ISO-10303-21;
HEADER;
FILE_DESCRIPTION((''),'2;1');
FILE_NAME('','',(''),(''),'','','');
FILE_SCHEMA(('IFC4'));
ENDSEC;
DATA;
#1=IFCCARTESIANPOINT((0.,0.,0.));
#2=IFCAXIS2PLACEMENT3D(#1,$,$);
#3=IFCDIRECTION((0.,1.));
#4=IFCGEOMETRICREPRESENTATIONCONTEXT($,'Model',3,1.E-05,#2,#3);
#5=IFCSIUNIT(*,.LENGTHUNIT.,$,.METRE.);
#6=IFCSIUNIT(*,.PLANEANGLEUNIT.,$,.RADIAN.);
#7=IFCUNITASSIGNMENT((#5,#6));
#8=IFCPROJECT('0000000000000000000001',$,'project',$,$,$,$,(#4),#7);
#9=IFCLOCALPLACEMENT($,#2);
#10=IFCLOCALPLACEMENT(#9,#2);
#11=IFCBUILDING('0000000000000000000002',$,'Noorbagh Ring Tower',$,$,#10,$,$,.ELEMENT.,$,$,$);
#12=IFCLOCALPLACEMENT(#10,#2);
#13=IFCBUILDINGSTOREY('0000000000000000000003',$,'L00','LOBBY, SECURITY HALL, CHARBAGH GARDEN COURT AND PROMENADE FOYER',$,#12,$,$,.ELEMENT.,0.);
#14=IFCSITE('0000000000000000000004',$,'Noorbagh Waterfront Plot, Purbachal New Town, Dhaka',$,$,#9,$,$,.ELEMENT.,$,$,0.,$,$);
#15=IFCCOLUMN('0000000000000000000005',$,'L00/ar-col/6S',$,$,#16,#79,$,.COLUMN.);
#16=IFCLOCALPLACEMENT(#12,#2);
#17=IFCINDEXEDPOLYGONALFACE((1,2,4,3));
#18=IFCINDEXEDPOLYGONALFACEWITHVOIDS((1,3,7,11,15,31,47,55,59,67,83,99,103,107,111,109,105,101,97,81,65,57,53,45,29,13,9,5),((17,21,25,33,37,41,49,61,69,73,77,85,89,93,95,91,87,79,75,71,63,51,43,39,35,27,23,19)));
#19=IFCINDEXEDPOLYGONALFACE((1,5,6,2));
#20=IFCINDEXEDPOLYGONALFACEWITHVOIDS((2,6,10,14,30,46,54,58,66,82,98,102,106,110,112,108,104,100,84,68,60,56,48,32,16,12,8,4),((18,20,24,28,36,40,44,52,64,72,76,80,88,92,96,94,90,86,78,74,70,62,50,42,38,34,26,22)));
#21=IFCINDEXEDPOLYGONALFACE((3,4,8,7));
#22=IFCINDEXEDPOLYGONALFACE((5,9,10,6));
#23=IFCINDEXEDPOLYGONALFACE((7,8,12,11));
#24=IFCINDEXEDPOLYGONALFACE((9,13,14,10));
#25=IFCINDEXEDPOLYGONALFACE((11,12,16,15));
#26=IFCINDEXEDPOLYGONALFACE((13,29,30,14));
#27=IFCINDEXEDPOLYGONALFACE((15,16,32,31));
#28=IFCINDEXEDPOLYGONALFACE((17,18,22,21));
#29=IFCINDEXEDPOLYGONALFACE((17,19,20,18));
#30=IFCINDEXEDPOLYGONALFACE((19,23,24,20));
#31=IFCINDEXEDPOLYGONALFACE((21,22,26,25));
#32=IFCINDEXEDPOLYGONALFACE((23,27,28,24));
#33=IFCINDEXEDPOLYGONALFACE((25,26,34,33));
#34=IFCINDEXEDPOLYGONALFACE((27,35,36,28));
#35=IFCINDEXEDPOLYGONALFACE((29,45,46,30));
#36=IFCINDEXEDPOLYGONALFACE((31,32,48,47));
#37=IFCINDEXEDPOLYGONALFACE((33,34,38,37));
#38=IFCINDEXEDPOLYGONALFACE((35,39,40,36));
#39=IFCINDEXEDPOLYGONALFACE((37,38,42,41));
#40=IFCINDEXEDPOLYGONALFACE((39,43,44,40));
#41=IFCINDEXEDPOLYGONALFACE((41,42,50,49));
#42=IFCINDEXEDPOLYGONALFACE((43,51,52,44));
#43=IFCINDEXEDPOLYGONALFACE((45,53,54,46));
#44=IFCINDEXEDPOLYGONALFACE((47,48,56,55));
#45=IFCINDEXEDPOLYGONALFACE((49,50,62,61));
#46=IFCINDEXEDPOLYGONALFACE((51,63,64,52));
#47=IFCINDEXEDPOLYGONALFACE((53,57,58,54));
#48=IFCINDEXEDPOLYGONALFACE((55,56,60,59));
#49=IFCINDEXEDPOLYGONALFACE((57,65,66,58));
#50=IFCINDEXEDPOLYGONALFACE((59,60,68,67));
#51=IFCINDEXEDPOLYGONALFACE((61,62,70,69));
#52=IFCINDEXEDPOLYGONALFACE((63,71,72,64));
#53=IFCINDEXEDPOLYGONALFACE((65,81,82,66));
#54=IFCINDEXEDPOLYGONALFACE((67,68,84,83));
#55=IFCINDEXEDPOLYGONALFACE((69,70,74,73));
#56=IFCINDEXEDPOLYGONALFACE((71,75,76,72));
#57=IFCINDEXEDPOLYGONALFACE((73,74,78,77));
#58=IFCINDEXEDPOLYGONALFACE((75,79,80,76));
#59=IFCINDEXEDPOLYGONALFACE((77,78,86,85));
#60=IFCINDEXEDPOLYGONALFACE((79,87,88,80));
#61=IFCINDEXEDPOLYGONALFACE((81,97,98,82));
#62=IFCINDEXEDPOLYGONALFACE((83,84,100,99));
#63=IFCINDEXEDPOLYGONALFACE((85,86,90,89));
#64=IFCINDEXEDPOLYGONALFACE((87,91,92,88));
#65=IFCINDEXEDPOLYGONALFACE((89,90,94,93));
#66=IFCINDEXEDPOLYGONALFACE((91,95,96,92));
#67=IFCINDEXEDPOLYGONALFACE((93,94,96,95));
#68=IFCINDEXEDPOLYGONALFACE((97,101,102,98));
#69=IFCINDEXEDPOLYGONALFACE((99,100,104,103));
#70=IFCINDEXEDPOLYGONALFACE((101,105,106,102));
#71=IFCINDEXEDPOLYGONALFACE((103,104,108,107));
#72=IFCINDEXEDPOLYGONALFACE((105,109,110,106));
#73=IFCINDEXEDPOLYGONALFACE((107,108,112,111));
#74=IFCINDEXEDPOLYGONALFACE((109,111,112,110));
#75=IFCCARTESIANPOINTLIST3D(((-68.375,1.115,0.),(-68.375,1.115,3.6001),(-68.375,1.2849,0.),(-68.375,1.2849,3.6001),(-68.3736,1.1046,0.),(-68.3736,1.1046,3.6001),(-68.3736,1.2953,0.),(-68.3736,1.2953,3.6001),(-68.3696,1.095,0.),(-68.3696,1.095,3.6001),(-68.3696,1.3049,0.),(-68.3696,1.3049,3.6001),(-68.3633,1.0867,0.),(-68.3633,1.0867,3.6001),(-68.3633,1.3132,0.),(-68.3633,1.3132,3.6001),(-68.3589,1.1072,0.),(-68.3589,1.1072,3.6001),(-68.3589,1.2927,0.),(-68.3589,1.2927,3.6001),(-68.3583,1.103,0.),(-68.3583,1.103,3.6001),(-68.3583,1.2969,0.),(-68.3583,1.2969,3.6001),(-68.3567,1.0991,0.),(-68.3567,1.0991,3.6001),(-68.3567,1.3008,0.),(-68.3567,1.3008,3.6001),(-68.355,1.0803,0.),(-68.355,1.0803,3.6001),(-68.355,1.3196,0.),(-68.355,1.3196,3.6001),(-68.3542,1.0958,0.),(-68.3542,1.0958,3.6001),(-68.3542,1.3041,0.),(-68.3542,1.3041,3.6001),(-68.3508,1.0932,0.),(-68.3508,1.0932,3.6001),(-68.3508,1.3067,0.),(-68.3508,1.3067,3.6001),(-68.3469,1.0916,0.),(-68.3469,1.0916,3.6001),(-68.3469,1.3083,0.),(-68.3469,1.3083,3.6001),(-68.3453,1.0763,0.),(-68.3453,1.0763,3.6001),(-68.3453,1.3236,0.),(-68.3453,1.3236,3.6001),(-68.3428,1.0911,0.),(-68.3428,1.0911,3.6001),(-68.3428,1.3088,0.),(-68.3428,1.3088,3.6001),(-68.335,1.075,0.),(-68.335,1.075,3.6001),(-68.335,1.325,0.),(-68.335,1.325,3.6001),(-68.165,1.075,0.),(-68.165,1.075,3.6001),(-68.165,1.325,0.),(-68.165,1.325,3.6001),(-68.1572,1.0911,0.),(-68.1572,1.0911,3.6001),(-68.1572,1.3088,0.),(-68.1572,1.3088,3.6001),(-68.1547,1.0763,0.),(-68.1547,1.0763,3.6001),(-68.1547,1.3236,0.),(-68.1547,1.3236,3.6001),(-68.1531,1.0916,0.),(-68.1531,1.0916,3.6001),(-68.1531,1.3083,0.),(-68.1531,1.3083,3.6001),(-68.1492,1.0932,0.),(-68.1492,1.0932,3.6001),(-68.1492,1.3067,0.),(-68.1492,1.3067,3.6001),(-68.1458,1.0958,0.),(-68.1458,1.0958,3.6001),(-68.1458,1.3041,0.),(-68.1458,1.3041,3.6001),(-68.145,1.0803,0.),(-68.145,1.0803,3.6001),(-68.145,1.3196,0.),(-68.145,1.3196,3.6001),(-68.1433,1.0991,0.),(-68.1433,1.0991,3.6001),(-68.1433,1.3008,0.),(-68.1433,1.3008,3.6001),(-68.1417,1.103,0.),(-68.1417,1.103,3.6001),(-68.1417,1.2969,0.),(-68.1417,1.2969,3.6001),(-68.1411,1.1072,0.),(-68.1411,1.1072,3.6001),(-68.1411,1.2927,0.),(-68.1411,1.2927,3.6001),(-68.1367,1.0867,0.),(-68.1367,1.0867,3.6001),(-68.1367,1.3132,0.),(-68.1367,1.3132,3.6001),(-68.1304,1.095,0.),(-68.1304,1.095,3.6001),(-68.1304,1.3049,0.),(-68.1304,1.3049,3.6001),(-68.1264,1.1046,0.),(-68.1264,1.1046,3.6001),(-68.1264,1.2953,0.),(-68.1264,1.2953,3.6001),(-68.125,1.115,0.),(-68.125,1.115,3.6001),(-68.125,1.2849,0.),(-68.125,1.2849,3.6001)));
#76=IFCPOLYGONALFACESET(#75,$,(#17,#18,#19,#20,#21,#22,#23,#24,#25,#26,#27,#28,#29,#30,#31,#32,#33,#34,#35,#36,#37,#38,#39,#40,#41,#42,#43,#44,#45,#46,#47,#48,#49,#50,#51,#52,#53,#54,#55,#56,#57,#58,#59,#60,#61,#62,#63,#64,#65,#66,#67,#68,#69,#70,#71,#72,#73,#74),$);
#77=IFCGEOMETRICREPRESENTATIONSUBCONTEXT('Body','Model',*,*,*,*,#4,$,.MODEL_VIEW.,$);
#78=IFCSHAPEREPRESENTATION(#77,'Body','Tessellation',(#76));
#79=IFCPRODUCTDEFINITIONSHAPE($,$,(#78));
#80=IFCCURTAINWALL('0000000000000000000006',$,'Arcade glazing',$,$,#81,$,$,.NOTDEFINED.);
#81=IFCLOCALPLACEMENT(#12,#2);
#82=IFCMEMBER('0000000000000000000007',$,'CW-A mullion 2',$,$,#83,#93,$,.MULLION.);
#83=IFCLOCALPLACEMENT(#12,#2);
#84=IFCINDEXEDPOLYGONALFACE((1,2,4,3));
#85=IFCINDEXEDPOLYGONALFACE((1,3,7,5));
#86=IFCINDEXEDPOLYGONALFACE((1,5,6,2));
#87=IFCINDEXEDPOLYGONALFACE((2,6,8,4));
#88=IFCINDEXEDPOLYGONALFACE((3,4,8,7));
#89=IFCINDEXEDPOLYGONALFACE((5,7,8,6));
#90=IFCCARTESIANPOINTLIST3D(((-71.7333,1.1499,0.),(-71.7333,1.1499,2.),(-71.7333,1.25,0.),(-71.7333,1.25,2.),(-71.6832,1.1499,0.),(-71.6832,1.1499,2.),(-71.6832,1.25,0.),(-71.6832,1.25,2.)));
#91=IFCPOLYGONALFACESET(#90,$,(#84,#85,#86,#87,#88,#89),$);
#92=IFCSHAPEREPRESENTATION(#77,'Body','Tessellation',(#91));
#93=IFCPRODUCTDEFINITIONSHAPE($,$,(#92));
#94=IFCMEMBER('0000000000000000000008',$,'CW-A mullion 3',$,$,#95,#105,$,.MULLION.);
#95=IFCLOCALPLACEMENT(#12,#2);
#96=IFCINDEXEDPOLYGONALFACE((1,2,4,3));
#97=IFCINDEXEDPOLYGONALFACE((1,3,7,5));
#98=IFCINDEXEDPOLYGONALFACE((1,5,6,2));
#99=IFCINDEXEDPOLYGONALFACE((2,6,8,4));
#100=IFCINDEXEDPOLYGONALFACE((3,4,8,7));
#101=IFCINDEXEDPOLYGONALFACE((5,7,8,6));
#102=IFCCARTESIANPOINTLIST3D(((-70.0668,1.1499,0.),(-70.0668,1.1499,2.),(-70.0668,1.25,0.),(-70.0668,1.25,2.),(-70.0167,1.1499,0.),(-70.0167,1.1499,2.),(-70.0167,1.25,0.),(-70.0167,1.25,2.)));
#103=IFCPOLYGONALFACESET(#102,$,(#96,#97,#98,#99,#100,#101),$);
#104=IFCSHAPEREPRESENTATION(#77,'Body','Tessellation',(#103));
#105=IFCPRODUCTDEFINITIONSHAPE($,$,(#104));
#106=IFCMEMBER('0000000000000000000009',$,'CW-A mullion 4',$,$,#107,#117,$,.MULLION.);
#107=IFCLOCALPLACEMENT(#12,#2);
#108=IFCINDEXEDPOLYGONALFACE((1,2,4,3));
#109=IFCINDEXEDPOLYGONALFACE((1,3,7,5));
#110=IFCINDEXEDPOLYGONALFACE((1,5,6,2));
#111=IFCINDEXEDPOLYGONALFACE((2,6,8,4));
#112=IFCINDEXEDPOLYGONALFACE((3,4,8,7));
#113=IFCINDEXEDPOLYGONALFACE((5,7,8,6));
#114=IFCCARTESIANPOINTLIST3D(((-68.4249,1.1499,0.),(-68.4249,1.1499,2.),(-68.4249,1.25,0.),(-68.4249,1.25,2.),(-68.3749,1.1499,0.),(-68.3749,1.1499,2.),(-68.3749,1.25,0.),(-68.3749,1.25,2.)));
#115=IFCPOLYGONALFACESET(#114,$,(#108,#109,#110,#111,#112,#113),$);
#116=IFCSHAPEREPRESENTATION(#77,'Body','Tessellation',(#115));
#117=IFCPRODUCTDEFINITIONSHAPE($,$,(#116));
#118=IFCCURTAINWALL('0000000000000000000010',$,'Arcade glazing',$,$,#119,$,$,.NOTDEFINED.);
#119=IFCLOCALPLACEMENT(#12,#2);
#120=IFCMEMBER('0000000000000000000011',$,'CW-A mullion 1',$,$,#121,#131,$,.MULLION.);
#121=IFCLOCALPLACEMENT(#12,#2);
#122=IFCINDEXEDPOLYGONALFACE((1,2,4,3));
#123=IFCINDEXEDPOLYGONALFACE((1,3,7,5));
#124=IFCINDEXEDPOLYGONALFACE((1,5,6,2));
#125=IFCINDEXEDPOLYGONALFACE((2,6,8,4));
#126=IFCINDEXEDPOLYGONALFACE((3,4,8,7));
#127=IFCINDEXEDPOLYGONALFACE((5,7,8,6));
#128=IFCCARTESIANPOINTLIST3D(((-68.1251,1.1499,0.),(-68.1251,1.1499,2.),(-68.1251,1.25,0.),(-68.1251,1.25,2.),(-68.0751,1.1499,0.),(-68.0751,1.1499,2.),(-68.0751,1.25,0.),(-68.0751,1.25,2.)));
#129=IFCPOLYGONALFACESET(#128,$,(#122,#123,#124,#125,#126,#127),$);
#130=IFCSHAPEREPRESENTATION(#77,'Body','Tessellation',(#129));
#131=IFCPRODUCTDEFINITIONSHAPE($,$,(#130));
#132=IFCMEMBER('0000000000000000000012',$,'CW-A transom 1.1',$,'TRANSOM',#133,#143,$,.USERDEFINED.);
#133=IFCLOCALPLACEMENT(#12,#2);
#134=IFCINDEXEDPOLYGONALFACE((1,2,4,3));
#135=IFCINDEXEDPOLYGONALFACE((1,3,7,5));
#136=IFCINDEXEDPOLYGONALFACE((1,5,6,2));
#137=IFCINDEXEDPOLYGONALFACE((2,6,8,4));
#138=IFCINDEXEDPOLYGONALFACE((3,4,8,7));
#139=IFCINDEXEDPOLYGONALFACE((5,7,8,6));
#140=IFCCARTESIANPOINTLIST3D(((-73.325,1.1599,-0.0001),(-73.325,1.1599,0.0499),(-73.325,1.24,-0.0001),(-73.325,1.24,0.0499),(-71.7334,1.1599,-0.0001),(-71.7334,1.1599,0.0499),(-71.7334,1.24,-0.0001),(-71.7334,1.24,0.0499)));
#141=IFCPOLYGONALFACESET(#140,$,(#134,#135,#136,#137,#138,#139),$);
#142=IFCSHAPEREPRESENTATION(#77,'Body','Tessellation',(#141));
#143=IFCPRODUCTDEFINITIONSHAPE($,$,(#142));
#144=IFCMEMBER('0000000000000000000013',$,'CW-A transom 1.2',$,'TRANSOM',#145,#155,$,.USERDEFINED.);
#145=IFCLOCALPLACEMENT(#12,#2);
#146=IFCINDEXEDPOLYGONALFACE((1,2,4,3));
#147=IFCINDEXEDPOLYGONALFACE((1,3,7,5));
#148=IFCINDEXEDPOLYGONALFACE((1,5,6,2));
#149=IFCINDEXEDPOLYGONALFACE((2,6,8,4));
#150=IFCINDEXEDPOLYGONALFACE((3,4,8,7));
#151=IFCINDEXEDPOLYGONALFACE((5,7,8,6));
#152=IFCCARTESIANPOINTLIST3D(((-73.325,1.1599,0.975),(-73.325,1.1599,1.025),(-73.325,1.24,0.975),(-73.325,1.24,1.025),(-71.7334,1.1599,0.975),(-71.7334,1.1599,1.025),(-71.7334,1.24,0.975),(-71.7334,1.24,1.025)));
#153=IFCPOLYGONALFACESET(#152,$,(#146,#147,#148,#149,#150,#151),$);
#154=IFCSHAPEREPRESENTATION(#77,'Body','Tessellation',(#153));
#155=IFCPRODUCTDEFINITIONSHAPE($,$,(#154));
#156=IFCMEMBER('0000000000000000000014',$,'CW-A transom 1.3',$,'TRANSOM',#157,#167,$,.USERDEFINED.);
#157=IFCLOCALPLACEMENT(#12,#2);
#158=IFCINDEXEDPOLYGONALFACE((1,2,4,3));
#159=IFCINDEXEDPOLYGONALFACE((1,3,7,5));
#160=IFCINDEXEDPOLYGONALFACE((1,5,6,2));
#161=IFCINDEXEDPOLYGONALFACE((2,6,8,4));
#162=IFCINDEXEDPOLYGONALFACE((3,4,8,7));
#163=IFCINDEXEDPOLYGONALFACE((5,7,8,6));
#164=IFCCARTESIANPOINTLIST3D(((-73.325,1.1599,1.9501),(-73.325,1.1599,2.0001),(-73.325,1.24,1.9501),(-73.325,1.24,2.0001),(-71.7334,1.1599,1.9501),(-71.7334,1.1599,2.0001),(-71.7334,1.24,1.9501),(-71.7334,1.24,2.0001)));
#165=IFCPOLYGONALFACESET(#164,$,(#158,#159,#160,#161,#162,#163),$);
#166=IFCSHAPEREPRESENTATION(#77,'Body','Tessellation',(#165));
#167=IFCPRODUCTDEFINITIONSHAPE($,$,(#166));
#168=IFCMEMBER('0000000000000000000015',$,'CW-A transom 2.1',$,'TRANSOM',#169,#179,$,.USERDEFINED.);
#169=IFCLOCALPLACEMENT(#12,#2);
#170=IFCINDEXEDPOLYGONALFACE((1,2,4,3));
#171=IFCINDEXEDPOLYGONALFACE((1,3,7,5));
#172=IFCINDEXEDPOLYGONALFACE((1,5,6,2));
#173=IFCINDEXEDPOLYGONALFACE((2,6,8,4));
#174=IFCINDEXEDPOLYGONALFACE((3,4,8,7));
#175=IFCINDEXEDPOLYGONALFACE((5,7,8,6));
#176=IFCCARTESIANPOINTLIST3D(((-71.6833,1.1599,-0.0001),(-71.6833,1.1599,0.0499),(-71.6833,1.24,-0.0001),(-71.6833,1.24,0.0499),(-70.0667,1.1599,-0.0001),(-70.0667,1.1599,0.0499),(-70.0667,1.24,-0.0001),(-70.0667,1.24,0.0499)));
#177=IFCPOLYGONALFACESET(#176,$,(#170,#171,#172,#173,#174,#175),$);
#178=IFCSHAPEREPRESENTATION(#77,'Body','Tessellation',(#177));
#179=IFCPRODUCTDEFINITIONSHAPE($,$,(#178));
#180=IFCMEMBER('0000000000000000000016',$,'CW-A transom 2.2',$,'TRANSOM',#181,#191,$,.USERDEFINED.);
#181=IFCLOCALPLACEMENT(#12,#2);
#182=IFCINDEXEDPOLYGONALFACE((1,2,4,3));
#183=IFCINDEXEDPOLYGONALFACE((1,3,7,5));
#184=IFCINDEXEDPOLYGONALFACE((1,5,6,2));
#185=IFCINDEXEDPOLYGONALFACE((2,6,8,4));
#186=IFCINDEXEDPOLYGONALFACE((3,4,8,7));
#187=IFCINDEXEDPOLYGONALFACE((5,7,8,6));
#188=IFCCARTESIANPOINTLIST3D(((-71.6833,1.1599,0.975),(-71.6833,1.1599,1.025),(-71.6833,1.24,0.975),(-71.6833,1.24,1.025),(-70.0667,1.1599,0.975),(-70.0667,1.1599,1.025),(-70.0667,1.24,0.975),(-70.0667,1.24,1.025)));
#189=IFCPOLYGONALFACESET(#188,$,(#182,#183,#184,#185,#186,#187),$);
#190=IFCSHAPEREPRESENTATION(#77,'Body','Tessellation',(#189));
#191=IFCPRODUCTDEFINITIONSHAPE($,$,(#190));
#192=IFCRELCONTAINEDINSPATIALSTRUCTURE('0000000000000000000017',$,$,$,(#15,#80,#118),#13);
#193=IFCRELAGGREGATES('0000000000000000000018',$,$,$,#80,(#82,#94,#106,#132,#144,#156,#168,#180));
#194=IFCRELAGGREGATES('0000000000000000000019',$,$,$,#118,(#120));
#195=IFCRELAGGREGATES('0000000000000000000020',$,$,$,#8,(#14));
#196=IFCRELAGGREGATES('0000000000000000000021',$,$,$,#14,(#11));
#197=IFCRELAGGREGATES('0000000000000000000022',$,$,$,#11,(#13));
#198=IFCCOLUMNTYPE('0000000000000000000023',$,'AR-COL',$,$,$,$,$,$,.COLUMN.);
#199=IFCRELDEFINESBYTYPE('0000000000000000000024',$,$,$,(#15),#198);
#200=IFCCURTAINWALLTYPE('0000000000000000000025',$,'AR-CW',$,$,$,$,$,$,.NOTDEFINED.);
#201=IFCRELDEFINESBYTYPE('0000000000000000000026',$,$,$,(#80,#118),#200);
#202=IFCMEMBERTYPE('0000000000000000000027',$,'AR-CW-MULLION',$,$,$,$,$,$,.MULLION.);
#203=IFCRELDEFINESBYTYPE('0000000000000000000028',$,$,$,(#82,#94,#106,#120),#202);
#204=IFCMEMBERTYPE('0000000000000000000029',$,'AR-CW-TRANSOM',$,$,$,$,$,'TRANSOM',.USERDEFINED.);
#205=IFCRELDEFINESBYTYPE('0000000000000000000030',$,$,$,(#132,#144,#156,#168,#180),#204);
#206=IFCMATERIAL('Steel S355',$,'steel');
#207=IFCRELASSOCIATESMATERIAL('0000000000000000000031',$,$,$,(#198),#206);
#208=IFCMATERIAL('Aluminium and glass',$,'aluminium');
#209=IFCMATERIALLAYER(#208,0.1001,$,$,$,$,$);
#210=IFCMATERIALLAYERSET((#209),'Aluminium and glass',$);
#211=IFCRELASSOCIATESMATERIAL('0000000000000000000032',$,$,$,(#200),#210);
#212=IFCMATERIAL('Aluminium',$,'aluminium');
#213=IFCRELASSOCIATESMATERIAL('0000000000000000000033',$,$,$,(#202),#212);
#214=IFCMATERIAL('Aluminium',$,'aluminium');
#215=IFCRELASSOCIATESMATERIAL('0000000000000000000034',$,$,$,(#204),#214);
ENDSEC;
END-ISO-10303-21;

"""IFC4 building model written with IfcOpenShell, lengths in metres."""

from ifc_helpers import new_model, si_unit, direction, frame, origin, origin_2d, place, context, subcontext, project, spatial, rectangle, hollow_rectangle, extrude, material, layer, layer_set, material_profile, profile_set, type_object, element, aggregate, save


model = new_model("IFC4")

# Units and contexts
model_context = context("Model", 3, precision=1e-05, world=origin(), true_north=direction((0.0, 1.0)))
body_context = subcontext(model_context, "Body", "Model", "MODEL_VIEW")
ifc_project = project(units=[si_unit("LENGTHUNIT", "METRE"), si_unit("PLANEANGLEUNIT", "RADIAN")], contexts=[model_context])

# Site, building, storey
site_placement = place(None, origin())
site = spatial("IfcSite", under=ifc_project, at=site_placement, Name="Noorbagh Waterfront Plot, Purbachal New Town, Dhaka", CompositionType="ELEMENT", RefElevation=0.0)
building_placement = place(site_placement, origin())
building = spatial("IfcBuilding", under=site, at=building_placement, Name="Noorbagh Ring Tower", CompositionType="ELEMENT")
storey_placement = place(building_placement, origin())
storey = spatial("IfcBuildingStorey", under=building, at=storey_placement, Name="L00", Description="LOBBY, SECURITY HALL, CHARBAGH GARDEN COURT AND PROMENADE FOYER", CompositionType="ELEMENT", Elevation=0.0)

# Column
ifc_material_1 = material(Name="Steel S355", Category="steel")
ifc_material_profile_1 = material_profile(ifc_material_1, hollow_rectangle(XDim=0.25, YDim=0.25, WallThickness=0.0161, InnerFilletRadius=0.0161, OuterFilletRadius=0.04, at=origin_2d()), Name="SHS250x250x16")
ifc_profile_set_1 = profile_set([ifc_material_profile_1], Name="Steel S355")
column_type = type_object("IfcColumnType", Name="AR-COL", PredefinedType="COLUMN", material=ifc_profile_set_1)
column_placement = place(storey_placement, frame((-68.25, 1.2, 0.0), z_axis=(0.0, 0.0, 1.0), x_axis=(1.0, 0.0, 0.0)))
element("IfcColumn", 1, at=column_placement, inside=storey, type_object=column_type, Name="L00/ar-col/6S", PredefinedType="COLUMN", context=body_context, shape_type="SweptSolid", body=[
    extrude(hollow_rectangle(XDim=0.25, YDim=0.25, WallThickness=0.0161, InnerFilletRadius=0.0161, OuterFilletRadius=0.04, at=origin_2d()), origin(), (0.0, 0.0, 1.0), 3.6001),
])

# Curtain wall, members
ifc_material_2 = material(Name="Aluminium and glass", Category="aluminium")
ifc_layer_1 = layer(ifc_material_2, 0.1001)
ifc_layer_set_1 = layer_set([ifc_layer_1], Name="Aluminium and glass")
curtain_wall_type = type_object("IfcCurtainWallType", Name="AR-CW", PredefinedType="NOTDEFINED", material=ifc_layer_set_1)
curtain_wall_1_placement = place(storey_placement, origin())
curtain_wall_1 = element("IfcCurtainWall", 2, at=curtain_wall_1_placement, inside=storey, type_object=curtain_wall_type, Name="Arcade glazing", PredefinedType="NOTDEFINED")
ifc_material_3 = material(Name="Aluminium", Category="aluminium")
ifc_material_profile_2 = material_profile(ifc_material_3, rectangle(XDim=0.1001, YDim=0.05, at=origin_2d()), Name="AL 100x50")
ifc_profile_set_2 = profile_set([ifc_material_profile_2], Name="Aluminium")
member_type_1 = type_object("IfcMemberType", Name="AR-CW-MULLION", PredefinedType="MULLION", material=ifc_profile_set_2)
member_1_placement = place(storey_placement, frame((-71.7083, 1.2, 0.0), z_axis=(0.0, 0.0, 1.0), x_axis=(0.0, 1.0, 0.0)))
member_1 = element("IfcMember", 3, at=member_1_placement, type_object=member_type_1, Name="CW-A mullion 2", PredefinedType="MULLION", context=body_context, shape_type="SweptSolid", body=[
    extrude(rectangle(XDim=0.1001, YDim=0.05, at=origin_2d()), origin(), (0.0, 0.0, 1.0), 2.0),
])
member_2_placement = place(storey_placement, frame((-70.0417, 1.2, 0.0), z_axis=(0.0, 0.0, 1.0), x_axis=(0.0, 1.0, 0.0)))
member_2 = element("IfcMember", 4, at=member_2_placement, type_object=member_type_1, Name="CW-A mullion 3", PredefinedType="MULLION", context=body_context, shape_type="SweptSolid", body=[
    extrude(rectangle(XDim=0.1001, YDim=0.05, at=origin_2d()), origin(), (0.0, 0.0, 1.0), 2.0),
])
member_3_placement = place(storey_placement, frame((-68.3999, 1.2, 0.0), z_axis=(0.0, 0.0, 1.0), x_axis=(0.0, 1.0, 0.0)))
member_3 = element("IfcMember", 5, at=member_3_placement, type_object=member_type_1, Name="CW-A mullion 4", PredefinedType="MULLION", context=body_context, shape_type="SweptSolid", body=[
    extrude(rectangle(XDim=0.1001, YDim=0.05, at=origin_2d()), origin(), (0.0, 0.0, 1.0), 2.0),
])

# Curtain wall, member
curtain_wall_2_placement = place(storey_placement, origin())
curtain_wall_2 = element("IfcCurtainWall", 6, at=curtain_wall_2_placement, inside=storey, type_object=curtain_wall_type, Name="Arcade glazing", PredefinedType="NOTDEFINED")
member_4_placement = place(storey_placement, frame((-68.1001, 1.2, 0.0), z_axis=(0.0, 0.0, 1.0), x_axis=(0.0, 1.0, 0.0)))
member_4 = element("IfcMember", 7, at=member_4_placement, type_object=member_type_1, Name="CW-A mullion 1", PredefinedType="MULLION", context=body_context, shape_type="SweptSolid", body=[
    extrude(rectangle(XDim=0.1001, YDim=0.05, at=origin_2d()), origin(), (0.0, 0.0, 1.0), 2.0),
])

# Members
ifc_material_4 = material(Name="Aluminium", Category="aluminium")
ifc_material_profile_3 = material_profile(ifc_material_4, rectangle(XDim=0.0801, YDim=0.05, at=origin_2d()), Name="AL 80x50")
ifc_profile_set_3 = profile_set([ifc_material_profile_3], Name="Aluminium")
member_type_2 = type_object("IfcMemberType", Name="AR-CW-TRANSOM", ElementType="TRANSOM", PredefinedType="USERDEFINED", material=ifc_profile_set_3)
member_5_placement = place(storey_placement, frame((-73.325, 1.2, 0.0249), z_axis=(1.0, 0.0, 0.0), x_axis=(0.0, 1.0, 0.0)))
member_5 = element("IfcMember", 8, at=member_5_placement, type_object=member_type_2, Name="CW-A transom 1.1", ObjectType="TRANSOM", PredefinedType="USERDEFINED", context=body_context, shape_type="SweptSolid", body=[
    extrude(rectangle(XDim=0.0801, YDim=0.05, at=origin_2d()), origin(), (0.0, 0.0, 1.0), 1.5916),
])
member_6_placement = place(storey_placement, frame((-73.325, 1.2, 1.0), z_axis=(1.0, 0.0, 0.0), x_axis=(0.0, 1.0, 0.0)))
member_6 = element("IfcMember", 9, at=member_6_placement, type_object=member_type_2, Name="CW-A transom 1.2", ObjectType="TRANSOM", PredefinedType="USERDEFINED", context=body_context, shape_type="SweptSolid", body=[
    extrude(rectangle(XDim=0.0801, YDim=0.05, at=origin_2d()), origin(), (0.0, 0.0, 1.0), 1.5916),
])
member_7_placement = place(storey_placement, frame((-73.325, 1.2, 1.9751), z_axis=(1.0, 0.0, 0.0), x_axis=(0.0, 1.0, 0.0)))
member_7 = element("IfcMember", 10, at=member_7_placement, type_object=member_type_2, Name="CW-A transom 1.3", ObjectType="TRANSOM", PredefinedType="USERDEFINED", context=body_context, shape_type="SweptSolid", body=[
    extrude(rectangle(XDim=0.0801, YDim=0.05, at=origin_2d()), origin(), (0.0, 0.0, 1.0), 1.5916),
])
member_8_placement = place(storey_placement, frame((-71.6833, 1.2, 0.0249), z_axis=(1.0, 0.0, 0.0), x_axis=(0.0, 1.0, 0.0)))
member_8 = element("IfcMember", 11, at=member_8_placement, type_object=member_type_2, Name="CW-A transom 2.1", ObjectType="TRANSOM", PredefinedType="USERDEFINED", context=body_context, shape_type="SweptSolid", body=[
    extrude(rectangle(XDim=0.0801, YDim=0.05, at=origin_2d()), origin(), (0.0, 0.0, 1.0), 1.6167),
])
member_9_placement = place(storey_placement, frame((-71.6833, 1.2, 1.0), z_axis=(1.0, 0.0, 0.0), x_axis=(0.0, 1.0, 0.0)))
member_9 = element("IfcMember", 12, at=member_9_placement, type_object=member_type_2, Name="CW-A transom 2.2", ObjectType="TRANSOM", PredefinedType="USERDEFINED", context=body_context, shape_type="SweptSolid", body=[
    extrude(rectangle(XDim=0.0801, YDim=0.05, at=origin_2d()), origin(), (0.0, 0.0, 1.0), 1.6167),
])

aggregate(curtain_wall_1, [member_1, member_2, member_3, member_5, member_6, member_7, member_8, member_9])
aggregate(curtain_wall_2, [member_4])

save(model, "model.ifc")
